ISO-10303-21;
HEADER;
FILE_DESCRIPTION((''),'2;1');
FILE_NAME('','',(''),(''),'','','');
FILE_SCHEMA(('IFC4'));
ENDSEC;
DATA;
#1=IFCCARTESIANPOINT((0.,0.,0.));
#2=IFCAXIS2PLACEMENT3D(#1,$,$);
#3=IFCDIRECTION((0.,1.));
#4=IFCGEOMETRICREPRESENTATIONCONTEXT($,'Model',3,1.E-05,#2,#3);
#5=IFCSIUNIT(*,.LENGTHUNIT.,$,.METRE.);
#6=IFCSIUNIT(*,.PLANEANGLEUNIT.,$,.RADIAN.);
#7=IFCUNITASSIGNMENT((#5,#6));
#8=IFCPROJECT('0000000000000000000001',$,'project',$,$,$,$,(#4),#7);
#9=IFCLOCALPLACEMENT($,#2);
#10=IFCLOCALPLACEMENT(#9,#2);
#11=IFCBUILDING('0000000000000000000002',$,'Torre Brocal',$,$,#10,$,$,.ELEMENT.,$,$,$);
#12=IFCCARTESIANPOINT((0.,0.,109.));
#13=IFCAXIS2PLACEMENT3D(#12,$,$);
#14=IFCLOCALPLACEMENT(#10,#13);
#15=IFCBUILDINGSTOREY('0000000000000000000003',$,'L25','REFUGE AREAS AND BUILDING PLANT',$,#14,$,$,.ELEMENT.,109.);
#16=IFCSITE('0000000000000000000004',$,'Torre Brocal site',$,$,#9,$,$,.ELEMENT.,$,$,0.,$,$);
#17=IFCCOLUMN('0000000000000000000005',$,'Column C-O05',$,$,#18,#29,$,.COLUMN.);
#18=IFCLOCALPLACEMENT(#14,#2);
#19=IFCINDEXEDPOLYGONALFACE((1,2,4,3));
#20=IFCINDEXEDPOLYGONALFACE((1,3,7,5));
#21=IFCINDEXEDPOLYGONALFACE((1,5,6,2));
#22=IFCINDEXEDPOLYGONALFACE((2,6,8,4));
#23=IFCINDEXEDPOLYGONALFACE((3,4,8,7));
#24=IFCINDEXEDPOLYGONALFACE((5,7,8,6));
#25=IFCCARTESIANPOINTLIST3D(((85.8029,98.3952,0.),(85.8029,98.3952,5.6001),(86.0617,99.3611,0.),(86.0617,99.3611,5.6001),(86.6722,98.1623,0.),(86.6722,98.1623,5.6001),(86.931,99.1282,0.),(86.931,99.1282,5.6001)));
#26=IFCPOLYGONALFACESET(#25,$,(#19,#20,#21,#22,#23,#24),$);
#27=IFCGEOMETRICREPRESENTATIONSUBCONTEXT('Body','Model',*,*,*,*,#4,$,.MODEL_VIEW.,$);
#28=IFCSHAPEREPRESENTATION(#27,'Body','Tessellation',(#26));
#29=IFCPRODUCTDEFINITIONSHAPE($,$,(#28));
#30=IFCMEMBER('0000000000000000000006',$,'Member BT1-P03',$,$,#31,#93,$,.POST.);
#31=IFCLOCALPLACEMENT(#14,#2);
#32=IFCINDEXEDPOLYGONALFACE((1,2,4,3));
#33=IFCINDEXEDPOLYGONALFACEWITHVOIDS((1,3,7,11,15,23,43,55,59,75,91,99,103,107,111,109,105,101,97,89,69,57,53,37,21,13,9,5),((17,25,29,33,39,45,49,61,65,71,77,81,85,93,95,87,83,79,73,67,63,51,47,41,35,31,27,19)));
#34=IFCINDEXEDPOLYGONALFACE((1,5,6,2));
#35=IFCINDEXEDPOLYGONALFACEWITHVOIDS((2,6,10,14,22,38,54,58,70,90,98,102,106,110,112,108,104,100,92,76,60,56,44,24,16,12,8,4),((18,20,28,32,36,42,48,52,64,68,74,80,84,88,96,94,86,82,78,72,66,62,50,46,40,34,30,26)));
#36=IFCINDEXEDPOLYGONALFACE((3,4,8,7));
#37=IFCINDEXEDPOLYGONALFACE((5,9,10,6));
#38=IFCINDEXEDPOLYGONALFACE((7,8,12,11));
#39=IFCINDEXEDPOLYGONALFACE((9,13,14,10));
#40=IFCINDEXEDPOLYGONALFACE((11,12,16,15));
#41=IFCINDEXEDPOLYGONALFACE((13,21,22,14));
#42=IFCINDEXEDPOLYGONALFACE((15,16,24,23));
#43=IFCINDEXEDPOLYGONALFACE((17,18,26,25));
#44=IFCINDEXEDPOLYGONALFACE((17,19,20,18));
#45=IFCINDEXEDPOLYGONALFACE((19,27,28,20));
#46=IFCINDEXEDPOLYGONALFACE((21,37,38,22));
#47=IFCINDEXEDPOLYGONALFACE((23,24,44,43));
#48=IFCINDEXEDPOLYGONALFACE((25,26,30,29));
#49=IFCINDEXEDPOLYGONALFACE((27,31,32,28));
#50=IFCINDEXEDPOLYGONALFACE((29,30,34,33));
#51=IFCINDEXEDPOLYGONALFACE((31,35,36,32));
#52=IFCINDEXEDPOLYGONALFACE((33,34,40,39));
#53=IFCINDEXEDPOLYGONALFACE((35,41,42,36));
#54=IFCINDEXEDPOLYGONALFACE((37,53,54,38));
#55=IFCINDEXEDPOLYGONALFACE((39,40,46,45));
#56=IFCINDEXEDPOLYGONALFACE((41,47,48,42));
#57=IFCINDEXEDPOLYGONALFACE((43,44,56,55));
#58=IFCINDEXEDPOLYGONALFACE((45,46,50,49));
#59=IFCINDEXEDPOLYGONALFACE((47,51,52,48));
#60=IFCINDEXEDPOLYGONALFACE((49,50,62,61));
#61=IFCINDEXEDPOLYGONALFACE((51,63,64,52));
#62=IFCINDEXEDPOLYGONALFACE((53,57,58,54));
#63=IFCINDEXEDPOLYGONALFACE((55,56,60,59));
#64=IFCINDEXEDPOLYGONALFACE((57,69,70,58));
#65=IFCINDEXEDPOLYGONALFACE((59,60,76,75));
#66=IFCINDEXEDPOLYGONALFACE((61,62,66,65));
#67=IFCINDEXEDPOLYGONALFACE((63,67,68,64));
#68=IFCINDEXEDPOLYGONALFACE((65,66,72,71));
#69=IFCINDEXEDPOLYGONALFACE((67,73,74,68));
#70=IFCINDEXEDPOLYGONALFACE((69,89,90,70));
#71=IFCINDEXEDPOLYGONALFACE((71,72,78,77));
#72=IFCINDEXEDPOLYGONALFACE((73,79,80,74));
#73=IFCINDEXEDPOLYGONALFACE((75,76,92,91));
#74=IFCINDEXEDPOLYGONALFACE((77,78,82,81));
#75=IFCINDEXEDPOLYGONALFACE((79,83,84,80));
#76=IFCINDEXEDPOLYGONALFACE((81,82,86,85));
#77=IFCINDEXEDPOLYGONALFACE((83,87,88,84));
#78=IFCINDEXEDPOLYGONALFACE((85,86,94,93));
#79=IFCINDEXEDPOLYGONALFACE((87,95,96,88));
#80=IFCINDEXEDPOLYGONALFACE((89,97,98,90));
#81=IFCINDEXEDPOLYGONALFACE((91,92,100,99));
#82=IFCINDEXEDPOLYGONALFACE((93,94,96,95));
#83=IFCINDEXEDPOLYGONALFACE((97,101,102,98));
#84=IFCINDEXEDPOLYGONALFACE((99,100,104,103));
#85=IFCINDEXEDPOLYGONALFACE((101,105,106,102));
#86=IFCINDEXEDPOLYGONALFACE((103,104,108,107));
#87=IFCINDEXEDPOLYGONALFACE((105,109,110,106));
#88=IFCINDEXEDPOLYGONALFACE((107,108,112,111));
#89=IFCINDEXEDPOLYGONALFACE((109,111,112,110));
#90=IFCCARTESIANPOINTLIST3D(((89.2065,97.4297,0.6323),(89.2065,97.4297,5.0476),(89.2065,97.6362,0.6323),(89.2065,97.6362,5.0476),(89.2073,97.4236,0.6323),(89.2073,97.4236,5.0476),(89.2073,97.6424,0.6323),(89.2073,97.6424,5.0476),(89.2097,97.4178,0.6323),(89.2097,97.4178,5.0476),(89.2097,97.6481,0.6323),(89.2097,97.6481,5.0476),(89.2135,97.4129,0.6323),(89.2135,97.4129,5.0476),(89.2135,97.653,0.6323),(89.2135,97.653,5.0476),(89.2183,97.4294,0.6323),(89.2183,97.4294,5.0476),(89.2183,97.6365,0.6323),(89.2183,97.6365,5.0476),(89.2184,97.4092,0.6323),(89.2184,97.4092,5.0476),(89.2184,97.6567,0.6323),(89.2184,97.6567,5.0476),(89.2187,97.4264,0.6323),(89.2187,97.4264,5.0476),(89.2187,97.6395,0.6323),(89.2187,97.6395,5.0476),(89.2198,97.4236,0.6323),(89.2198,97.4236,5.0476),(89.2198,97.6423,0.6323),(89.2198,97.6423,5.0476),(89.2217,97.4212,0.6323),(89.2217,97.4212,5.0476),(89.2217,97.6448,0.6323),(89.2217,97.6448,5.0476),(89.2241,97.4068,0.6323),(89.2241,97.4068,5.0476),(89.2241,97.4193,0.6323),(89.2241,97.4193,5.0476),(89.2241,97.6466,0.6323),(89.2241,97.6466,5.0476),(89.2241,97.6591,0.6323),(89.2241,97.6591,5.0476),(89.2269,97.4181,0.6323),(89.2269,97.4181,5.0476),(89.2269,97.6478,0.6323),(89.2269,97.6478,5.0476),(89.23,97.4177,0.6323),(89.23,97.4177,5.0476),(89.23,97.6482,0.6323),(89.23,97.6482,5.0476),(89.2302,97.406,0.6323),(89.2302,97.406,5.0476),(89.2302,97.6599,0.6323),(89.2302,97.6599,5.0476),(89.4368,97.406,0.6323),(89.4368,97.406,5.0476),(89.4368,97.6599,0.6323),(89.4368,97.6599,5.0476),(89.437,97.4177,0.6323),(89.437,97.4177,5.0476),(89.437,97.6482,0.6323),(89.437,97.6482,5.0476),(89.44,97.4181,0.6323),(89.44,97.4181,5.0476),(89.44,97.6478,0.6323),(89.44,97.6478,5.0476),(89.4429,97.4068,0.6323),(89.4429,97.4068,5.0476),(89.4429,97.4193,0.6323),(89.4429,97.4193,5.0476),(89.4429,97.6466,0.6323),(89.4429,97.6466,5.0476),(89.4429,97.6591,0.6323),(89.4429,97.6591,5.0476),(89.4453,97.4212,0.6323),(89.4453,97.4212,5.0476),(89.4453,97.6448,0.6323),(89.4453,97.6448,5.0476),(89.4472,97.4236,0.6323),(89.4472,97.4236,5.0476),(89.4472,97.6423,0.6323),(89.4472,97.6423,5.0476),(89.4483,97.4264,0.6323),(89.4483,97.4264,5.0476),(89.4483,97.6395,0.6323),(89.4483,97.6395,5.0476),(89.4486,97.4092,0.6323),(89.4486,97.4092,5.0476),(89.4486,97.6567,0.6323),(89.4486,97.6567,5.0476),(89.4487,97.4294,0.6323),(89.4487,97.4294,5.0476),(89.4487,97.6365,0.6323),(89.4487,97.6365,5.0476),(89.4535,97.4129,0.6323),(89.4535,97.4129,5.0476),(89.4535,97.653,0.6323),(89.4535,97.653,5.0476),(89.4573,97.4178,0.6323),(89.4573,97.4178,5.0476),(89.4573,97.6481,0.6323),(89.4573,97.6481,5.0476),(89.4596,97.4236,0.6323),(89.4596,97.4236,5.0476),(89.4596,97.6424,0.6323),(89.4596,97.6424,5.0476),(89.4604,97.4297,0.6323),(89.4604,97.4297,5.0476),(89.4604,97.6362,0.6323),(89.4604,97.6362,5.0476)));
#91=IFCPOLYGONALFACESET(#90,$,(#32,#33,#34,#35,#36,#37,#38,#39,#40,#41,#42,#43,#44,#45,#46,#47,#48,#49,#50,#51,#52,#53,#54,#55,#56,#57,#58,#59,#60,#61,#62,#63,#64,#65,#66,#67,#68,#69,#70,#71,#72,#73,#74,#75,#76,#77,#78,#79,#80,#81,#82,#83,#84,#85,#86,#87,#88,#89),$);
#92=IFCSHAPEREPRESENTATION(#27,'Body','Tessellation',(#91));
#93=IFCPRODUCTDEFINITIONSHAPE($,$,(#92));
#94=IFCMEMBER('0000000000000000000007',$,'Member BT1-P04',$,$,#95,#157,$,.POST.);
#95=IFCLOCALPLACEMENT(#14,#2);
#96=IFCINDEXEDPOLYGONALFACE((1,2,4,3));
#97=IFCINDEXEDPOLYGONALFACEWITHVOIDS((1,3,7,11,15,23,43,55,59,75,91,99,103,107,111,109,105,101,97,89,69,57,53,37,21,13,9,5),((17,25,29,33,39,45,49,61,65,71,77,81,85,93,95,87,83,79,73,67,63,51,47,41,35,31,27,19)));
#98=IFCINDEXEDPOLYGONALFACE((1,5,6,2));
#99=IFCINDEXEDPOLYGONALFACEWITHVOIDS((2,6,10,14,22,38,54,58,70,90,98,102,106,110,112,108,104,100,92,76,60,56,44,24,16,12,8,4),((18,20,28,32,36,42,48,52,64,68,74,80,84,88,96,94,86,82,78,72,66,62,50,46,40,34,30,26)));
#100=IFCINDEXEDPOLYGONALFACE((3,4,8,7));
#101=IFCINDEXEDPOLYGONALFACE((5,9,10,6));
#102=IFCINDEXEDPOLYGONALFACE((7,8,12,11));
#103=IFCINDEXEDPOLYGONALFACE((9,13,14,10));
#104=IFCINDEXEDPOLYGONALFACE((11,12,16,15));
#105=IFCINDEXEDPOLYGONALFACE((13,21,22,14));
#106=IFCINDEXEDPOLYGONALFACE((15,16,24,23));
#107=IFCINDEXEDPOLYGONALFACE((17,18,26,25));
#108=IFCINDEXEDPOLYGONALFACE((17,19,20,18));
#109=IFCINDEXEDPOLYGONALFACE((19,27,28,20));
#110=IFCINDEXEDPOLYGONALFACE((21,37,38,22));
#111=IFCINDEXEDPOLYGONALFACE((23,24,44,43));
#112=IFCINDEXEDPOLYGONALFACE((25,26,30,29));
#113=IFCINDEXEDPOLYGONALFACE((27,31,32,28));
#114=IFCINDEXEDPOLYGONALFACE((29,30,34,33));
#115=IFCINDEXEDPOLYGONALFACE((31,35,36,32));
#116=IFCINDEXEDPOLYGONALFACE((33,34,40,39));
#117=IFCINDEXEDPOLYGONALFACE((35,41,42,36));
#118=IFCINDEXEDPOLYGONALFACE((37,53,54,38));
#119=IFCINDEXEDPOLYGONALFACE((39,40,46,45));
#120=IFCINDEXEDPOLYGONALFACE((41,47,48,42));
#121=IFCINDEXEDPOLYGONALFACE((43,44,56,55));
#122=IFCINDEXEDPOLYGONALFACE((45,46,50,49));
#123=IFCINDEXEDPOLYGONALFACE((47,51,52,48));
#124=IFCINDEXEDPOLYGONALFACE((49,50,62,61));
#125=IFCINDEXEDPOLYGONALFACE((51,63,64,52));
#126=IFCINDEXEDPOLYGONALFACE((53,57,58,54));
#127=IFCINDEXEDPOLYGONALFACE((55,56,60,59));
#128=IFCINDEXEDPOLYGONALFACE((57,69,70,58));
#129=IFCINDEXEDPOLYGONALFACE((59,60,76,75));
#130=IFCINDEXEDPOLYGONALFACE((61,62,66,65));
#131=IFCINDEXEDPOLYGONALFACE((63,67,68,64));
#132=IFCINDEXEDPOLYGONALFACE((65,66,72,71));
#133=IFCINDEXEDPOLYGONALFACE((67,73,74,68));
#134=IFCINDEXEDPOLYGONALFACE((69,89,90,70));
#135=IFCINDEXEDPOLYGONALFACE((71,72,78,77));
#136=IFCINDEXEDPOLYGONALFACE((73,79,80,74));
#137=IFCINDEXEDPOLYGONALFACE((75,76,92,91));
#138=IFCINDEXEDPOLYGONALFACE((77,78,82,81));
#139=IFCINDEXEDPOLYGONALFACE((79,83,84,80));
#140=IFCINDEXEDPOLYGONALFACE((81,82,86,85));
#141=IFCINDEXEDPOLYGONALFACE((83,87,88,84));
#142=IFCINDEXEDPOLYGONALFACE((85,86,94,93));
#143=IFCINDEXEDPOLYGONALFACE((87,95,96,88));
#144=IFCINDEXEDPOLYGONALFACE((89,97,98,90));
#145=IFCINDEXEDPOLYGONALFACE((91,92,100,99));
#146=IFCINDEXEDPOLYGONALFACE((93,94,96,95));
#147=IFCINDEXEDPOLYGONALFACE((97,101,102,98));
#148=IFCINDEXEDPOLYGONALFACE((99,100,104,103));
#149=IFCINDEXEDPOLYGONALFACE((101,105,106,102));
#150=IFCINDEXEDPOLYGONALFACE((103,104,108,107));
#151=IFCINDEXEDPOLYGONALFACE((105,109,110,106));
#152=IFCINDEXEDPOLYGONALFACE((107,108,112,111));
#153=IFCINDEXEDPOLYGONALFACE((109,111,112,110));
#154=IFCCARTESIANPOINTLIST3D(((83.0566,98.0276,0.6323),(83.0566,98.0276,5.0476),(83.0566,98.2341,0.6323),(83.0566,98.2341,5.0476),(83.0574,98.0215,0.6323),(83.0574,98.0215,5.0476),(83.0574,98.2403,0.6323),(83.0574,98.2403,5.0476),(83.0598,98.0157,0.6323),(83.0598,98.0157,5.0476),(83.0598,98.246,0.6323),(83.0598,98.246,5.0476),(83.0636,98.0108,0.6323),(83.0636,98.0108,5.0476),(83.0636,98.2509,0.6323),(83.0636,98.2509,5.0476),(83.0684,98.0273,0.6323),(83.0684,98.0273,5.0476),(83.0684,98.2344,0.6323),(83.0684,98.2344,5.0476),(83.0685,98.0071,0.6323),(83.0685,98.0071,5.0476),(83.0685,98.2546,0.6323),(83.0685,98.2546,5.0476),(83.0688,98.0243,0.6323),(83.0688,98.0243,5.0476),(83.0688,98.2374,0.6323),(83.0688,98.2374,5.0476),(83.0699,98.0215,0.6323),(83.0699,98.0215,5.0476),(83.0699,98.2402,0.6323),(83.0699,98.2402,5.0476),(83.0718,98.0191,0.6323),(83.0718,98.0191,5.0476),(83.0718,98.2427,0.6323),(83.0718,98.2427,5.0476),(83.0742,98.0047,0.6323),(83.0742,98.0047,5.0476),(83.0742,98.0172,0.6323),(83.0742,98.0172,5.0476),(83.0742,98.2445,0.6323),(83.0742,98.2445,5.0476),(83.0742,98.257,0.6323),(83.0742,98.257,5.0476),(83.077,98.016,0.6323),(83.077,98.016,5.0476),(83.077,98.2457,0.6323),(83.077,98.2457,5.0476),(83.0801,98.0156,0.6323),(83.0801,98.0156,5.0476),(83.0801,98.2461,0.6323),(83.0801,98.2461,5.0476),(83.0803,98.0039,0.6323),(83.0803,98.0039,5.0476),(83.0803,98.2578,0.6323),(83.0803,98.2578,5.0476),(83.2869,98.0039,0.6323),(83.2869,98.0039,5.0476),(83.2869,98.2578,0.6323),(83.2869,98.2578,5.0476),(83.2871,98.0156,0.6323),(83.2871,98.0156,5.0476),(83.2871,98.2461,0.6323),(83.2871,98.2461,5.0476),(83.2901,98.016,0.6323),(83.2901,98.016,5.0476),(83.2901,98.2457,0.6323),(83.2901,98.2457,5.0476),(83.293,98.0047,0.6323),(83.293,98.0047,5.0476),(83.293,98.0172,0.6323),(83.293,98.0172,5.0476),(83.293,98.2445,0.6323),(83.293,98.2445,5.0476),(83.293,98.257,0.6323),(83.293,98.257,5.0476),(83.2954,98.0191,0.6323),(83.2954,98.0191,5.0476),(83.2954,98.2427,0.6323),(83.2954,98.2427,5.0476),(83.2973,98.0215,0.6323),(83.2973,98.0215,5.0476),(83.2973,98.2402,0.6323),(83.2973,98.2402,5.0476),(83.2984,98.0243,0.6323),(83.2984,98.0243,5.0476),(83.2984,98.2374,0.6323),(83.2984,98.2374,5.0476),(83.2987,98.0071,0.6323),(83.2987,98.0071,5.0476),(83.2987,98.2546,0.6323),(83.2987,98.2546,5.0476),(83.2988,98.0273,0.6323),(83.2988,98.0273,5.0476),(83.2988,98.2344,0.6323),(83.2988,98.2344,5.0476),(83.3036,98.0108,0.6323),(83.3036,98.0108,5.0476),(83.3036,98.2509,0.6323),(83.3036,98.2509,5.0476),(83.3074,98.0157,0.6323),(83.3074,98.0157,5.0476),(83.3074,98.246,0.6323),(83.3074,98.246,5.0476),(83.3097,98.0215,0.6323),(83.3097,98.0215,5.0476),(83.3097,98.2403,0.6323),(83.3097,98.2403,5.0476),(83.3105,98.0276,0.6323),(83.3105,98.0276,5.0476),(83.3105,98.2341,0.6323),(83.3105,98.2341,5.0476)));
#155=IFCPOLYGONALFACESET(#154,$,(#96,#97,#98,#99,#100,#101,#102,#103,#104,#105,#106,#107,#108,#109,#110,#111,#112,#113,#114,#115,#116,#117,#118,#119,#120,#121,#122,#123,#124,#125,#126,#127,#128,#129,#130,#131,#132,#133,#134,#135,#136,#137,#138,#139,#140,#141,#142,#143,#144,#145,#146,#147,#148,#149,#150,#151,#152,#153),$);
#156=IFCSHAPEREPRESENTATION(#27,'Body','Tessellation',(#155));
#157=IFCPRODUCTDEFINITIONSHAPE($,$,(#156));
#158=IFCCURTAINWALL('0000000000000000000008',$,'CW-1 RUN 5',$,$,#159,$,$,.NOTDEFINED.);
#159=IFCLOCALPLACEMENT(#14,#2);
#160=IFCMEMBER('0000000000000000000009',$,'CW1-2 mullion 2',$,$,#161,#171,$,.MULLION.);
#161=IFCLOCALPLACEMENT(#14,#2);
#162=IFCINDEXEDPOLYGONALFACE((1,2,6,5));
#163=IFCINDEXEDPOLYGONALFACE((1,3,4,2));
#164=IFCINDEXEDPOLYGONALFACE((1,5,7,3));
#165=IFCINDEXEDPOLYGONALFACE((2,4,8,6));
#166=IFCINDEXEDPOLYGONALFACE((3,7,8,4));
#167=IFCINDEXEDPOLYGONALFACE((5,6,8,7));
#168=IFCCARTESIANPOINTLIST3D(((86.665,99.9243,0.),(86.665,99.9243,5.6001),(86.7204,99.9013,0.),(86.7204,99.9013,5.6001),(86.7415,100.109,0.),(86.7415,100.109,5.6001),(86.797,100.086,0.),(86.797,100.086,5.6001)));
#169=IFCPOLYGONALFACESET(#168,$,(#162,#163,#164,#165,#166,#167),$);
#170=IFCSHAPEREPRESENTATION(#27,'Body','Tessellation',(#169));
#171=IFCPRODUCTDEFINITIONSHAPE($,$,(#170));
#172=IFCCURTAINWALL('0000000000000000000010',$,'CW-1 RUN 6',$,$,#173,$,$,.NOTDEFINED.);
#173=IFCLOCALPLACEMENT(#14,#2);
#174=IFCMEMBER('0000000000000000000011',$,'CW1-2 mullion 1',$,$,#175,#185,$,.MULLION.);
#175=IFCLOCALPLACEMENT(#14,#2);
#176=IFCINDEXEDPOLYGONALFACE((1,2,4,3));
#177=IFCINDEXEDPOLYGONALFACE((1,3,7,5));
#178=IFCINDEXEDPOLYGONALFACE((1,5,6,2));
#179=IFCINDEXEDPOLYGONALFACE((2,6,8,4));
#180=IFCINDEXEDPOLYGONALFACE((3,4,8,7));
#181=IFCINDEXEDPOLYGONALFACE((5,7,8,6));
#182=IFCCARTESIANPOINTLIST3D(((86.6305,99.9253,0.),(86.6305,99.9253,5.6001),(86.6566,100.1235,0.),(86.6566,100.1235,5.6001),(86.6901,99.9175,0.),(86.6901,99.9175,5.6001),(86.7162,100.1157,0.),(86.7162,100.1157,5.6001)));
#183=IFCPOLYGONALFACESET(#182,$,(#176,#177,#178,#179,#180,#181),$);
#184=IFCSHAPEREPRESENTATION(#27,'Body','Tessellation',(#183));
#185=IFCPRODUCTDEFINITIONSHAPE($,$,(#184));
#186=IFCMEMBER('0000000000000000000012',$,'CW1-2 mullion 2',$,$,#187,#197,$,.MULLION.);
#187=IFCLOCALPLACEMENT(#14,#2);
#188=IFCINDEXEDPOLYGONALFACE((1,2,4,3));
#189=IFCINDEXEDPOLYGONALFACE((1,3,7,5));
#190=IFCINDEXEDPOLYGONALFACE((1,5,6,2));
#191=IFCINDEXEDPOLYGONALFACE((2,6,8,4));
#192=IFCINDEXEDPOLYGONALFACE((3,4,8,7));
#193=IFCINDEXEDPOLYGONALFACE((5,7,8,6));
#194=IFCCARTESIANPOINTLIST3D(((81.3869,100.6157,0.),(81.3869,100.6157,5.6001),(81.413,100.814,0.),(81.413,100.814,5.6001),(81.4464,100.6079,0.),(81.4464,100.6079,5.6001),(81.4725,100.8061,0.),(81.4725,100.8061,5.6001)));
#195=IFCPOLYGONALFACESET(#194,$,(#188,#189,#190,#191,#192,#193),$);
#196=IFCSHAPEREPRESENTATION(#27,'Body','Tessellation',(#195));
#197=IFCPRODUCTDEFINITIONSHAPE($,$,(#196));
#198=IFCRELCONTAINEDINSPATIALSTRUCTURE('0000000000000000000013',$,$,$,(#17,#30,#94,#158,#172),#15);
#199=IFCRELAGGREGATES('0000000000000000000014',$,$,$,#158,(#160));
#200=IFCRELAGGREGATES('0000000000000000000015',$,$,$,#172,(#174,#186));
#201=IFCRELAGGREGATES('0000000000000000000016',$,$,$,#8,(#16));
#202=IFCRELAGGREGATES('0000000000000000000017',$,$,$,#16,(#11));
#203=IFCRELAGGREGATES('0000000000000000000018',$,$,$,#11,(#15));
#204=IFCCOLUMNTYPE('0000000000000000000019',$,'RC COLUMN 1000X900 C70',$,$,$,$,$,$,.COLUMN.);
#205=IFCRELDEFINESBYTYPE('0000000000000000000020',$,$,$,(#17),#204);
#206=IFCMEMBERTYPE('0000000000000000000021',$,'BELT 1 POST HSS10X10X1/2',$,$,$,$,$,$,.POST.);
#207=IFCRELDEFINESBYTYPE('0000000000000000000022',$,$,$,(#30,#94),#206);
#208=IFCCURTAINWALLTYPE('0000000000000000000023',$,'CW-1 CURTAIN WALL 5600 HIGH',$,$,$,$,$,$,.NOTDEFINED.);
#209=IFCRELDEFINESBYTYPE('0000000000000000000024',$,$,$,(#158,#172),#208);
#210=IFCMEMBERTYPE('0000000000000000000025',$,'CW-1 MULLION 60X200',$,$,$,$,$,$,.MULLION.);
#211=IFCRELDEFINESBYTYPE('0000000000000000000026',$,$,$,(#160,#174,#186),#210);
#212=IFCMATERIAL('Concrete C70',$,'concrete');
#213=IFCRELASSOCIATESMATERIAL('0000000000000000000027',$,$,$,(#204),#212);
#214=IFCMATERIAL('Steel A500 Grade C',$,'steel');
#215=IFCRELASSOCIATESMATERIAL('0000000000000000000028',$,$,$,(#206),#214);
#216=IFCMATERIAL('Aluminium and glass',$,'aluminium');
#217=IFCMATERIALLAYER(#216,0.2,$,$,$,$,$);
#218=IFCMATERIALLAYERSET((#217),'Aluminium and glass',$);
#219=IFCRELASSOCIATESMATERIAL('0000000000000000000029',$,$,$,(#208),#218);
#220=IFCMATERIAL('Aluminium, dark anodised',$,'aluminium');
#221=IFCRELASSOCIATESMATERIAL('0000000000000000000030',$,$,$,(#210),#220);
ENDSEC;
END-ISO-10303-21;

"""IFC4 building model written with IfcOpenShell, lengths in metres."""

from ifc_helpers import new_model, si_unit, direction, frame, origin, origin_2d, place, context, subcontext, project, spatial, rectangle, hollow_rectangle, extrude, material, layer, layer_set, material_profile, profile_set, type_object, element, aggregate, save


model = new_model("IFC4")

# Units and contexts
model_context = context("Model", 3, precision=1e-05, world=origin(), true_north=direction((0.0, 1.0)))
body_context = subcontext(model_context, "Body", "Model", "MODEL_VIEW")
ifc_project = project(units=[si_unit("LENGTHUNIT", "METRE"), si_unit("PLANEANGLEUNIT", "RADIAN")], contexts=[model_context])

# Site, building, storey
site_placement = place(None, origin())
site = spatial("IfcSite", under=ifc_project, at=site_placement, Name="Torre Brocal site", CompositionType="ELEMENT", RefElevation=0.0)
building_placement = place(site_placement, origin())
building = spatial("IfcBuilding", under=site, at=building_placement, Name="Torre Brocal", CompositionType="ELEMENT")
storey_placement = place(building_placement, frame((0.0, 0.0, 109.0)))
storey = spatial("IfcBuildingStorey", under=building, at=storey_placement, Name="L25", Description="REFUGE AREAS AND BUILDING PLANT", CompositionType="ELEMENT", Elevation=109.0)

# Column
ifc_material_1 = material(Name="Concrete C70", Category="concrete")
ifc_material_profile_1 = material_profile(ifc_material_1, rectangle(XDim=1.0, YDim=0.8999, at=origin_2d()), Name="RC 1000X900")
ifc_profile_set_1 = profile_set([ifc_material_profile_1], Name="Concrete C70")
column_type = type_object("IfcColumnType", Name="RC COLUMN 1000X900 C70", PredefinedType="COLUMN", material=ifc_profile_set_1)
column_placement = place(storey_placement, frame((86.3669, 98.7617, 0.0), z_axis=(0.0, 0.0, 1.0), x_axis=(0.258819, 0.965926, 0.0)))
element("IfcColumn", 1, at=column_placement, inside=storey, type_object=column_type, Name="Column C-O05", PredefinedType="COLUMN", context=body_context, shape_type="SweptSolid", body=[
    extrude(rectangle(XDim=1.0, YDim=0.8999, at=origin_2d()), origin(), (0.0, 0.0, 1.0), 5.6001),
])

# Members
ifc_material_2 = material(Name="Steel A500 Grade C", Category="steel")
ifc_material_profile_2 = material_profile(ifc_material_2, hollow_rectangle(XDim=0.2539, YDim=0.2539, WallThickness=0.0117, InnerFilletRadius=0.0117, OuterFilletRadius=0.0237, at=origin_2d()), Name="HSS10X10X1/2")
ifc_profile_set_2 = profile_set([ifc_material_profile_2], Name="Steel A500 Grade C")
member_type_1 = type_object("IfcMemberType", Name="BELT 1 POST HSS10X10X1/2", PredefinedType="POST", material=ifc_profile_set_2)
for number, where, z_axis, x_axis, name in (
    (2, (89.3335, 97.533, 0.6323), (0.0, 0.0, 1.0), (1.0, 0.0, 0.0), "Member BT1-P03"),
    (3, (83.1836, 98.1309, 0.6323), (0.0, 0.0, 1.0), (1.0, 0.0, 0.0), "Member BT1-P04"),
):
    element("IfcMember", number, at=place(storey_placement, frame(where, z_axis=z_axis, x_axis=x_axis)), inside=storey, type_object=member_type_1, Name=name, PredefinedType="POST", context=body_context, shape_type="SweptSolid", body=[
        extrude(hollow_rectangle(XDim=0.2539, YDim=0.2539, WallThickness=0.0117, InnerFilletRadius=0.0117, OuterFilletRadius=0.0237, at=origin_2d()), origin(), (0.0, 0.0, 1.0), 4.4153),
    ])

# Curtain wall, member
ifc_material_3 = material(Name="Aluminium and glass", Category="aluminium")
ifc_layer_1 = layer(ifc_material_3, 0.2)
ifc_layer_set_1 = layer_set([ifc_layer_1], Name="Aluminium and glass")
curtain_wall_type = type_object("IfcCurtainWallType", Name="CW-1 CURTAIN WALL 5600 HIGH", PredefinedType="NOTDEFINED", material=ifc_layer_set_1)
curtain_wall_1_placement = place(storey_placement, origin())
curtain_wall_1 = element("IfcCurtainWall", 4, at=curtain_wall_1_placement, inside=storey, type_object=curtain_wall_type, Name="CW-1 RUN 5", PredefinedType="NOTDEFINED")
ifc_material_4 = material(Name="Aluminium, dark anodised", Category="aluminium")
ifc_material_profile_3 = material_profile(ifc_material_4, rectangle(XDim=0.2, YDim=0.0601, at=origin_2d()), Name="CW-1 MULLION 60X200")
ifc_profile_set_3 = profile_set([ifc_material_profile_3], Name="Aluminium, dark anodised")
member_type_2 = type_object("IfcMemberType", Name="CW-1 MULLION 60X200", PredefinedType="MULLION", material=ifc_profile_set_3)
member_1_placement = place(storey_placement, frame((86.731, 100.0051, 0.0), z_axis=(0.0, 0.0, 1.0), x_axis=(-0.382683, -0.92388, 0.0)))
member_1 = element("IfcMember", 5, at=member_1_placement, type_object=member_type_2, Name="CW1-2 mullion 2", PredefinedType="MULLION", context=body_context, shape_type="SweptSolid", body=[
    extrude(rectangle(XDim=0.2, YDim=0.0601, at=origin_2d()), origin(), (0.0, 0.0, 1.0), 5.6001),
])
aggregate(curtain_wall_1, [member_1])

# Curtain wall, members
curtain_wall_2_placement = place(storey_placement, origin())
curtain_wall_2 = element("IfcCurtainWall", 6, at=curtain_wall_2_placement, inside=storey, type_object=curtain_wall_type, Name="CW-1 RUN 6", PredefinedType="NOTDEFINED")
member_2_placement = place(storey_placement, frame((86.6733, 100.0205, 0.0), z_axis=(0.0, 0.0, 1.0), x_axis=(-0.130526, -0.991445, 0.0)))
member_2 = element("IfcMember", 7, at=member_2_placement, type_object=member_type_2, Name="CW1-2 mullion 1", PredefinedType="MULLION", context=body_context, shape_type="SweptSolid", body=[
    extrude(rectangle(XDim=0.2, YDim=0.0601, at=origin_2d()), origin(), (0.0, 0.0, 1.0), 5.6001),
])
member_3_placement = place(storey_placement, frame((81.4297, 100.7109, 0.0), z_axis=(0.0, 0.0, 1.0), x_axis=(-0.130526, -0.991445, 0.0)))
member_3 = element("IfcMember", 8, at=member_3_placement, type_object=member_type_2, Name="CW1-2 mullion 2", PredefinedType="MULLION", context=body_context, shape_type="SweptSolid", body=[
    extrude(rectangle(XDim=0.2, YDim=0.0601, at=origin_2d()), origin(), (0.0, 0.0, 1.0), 5.6001),
])

aggregate(curtain_wall_2, [member_2, member_3])

save(model, "model.ifc")
